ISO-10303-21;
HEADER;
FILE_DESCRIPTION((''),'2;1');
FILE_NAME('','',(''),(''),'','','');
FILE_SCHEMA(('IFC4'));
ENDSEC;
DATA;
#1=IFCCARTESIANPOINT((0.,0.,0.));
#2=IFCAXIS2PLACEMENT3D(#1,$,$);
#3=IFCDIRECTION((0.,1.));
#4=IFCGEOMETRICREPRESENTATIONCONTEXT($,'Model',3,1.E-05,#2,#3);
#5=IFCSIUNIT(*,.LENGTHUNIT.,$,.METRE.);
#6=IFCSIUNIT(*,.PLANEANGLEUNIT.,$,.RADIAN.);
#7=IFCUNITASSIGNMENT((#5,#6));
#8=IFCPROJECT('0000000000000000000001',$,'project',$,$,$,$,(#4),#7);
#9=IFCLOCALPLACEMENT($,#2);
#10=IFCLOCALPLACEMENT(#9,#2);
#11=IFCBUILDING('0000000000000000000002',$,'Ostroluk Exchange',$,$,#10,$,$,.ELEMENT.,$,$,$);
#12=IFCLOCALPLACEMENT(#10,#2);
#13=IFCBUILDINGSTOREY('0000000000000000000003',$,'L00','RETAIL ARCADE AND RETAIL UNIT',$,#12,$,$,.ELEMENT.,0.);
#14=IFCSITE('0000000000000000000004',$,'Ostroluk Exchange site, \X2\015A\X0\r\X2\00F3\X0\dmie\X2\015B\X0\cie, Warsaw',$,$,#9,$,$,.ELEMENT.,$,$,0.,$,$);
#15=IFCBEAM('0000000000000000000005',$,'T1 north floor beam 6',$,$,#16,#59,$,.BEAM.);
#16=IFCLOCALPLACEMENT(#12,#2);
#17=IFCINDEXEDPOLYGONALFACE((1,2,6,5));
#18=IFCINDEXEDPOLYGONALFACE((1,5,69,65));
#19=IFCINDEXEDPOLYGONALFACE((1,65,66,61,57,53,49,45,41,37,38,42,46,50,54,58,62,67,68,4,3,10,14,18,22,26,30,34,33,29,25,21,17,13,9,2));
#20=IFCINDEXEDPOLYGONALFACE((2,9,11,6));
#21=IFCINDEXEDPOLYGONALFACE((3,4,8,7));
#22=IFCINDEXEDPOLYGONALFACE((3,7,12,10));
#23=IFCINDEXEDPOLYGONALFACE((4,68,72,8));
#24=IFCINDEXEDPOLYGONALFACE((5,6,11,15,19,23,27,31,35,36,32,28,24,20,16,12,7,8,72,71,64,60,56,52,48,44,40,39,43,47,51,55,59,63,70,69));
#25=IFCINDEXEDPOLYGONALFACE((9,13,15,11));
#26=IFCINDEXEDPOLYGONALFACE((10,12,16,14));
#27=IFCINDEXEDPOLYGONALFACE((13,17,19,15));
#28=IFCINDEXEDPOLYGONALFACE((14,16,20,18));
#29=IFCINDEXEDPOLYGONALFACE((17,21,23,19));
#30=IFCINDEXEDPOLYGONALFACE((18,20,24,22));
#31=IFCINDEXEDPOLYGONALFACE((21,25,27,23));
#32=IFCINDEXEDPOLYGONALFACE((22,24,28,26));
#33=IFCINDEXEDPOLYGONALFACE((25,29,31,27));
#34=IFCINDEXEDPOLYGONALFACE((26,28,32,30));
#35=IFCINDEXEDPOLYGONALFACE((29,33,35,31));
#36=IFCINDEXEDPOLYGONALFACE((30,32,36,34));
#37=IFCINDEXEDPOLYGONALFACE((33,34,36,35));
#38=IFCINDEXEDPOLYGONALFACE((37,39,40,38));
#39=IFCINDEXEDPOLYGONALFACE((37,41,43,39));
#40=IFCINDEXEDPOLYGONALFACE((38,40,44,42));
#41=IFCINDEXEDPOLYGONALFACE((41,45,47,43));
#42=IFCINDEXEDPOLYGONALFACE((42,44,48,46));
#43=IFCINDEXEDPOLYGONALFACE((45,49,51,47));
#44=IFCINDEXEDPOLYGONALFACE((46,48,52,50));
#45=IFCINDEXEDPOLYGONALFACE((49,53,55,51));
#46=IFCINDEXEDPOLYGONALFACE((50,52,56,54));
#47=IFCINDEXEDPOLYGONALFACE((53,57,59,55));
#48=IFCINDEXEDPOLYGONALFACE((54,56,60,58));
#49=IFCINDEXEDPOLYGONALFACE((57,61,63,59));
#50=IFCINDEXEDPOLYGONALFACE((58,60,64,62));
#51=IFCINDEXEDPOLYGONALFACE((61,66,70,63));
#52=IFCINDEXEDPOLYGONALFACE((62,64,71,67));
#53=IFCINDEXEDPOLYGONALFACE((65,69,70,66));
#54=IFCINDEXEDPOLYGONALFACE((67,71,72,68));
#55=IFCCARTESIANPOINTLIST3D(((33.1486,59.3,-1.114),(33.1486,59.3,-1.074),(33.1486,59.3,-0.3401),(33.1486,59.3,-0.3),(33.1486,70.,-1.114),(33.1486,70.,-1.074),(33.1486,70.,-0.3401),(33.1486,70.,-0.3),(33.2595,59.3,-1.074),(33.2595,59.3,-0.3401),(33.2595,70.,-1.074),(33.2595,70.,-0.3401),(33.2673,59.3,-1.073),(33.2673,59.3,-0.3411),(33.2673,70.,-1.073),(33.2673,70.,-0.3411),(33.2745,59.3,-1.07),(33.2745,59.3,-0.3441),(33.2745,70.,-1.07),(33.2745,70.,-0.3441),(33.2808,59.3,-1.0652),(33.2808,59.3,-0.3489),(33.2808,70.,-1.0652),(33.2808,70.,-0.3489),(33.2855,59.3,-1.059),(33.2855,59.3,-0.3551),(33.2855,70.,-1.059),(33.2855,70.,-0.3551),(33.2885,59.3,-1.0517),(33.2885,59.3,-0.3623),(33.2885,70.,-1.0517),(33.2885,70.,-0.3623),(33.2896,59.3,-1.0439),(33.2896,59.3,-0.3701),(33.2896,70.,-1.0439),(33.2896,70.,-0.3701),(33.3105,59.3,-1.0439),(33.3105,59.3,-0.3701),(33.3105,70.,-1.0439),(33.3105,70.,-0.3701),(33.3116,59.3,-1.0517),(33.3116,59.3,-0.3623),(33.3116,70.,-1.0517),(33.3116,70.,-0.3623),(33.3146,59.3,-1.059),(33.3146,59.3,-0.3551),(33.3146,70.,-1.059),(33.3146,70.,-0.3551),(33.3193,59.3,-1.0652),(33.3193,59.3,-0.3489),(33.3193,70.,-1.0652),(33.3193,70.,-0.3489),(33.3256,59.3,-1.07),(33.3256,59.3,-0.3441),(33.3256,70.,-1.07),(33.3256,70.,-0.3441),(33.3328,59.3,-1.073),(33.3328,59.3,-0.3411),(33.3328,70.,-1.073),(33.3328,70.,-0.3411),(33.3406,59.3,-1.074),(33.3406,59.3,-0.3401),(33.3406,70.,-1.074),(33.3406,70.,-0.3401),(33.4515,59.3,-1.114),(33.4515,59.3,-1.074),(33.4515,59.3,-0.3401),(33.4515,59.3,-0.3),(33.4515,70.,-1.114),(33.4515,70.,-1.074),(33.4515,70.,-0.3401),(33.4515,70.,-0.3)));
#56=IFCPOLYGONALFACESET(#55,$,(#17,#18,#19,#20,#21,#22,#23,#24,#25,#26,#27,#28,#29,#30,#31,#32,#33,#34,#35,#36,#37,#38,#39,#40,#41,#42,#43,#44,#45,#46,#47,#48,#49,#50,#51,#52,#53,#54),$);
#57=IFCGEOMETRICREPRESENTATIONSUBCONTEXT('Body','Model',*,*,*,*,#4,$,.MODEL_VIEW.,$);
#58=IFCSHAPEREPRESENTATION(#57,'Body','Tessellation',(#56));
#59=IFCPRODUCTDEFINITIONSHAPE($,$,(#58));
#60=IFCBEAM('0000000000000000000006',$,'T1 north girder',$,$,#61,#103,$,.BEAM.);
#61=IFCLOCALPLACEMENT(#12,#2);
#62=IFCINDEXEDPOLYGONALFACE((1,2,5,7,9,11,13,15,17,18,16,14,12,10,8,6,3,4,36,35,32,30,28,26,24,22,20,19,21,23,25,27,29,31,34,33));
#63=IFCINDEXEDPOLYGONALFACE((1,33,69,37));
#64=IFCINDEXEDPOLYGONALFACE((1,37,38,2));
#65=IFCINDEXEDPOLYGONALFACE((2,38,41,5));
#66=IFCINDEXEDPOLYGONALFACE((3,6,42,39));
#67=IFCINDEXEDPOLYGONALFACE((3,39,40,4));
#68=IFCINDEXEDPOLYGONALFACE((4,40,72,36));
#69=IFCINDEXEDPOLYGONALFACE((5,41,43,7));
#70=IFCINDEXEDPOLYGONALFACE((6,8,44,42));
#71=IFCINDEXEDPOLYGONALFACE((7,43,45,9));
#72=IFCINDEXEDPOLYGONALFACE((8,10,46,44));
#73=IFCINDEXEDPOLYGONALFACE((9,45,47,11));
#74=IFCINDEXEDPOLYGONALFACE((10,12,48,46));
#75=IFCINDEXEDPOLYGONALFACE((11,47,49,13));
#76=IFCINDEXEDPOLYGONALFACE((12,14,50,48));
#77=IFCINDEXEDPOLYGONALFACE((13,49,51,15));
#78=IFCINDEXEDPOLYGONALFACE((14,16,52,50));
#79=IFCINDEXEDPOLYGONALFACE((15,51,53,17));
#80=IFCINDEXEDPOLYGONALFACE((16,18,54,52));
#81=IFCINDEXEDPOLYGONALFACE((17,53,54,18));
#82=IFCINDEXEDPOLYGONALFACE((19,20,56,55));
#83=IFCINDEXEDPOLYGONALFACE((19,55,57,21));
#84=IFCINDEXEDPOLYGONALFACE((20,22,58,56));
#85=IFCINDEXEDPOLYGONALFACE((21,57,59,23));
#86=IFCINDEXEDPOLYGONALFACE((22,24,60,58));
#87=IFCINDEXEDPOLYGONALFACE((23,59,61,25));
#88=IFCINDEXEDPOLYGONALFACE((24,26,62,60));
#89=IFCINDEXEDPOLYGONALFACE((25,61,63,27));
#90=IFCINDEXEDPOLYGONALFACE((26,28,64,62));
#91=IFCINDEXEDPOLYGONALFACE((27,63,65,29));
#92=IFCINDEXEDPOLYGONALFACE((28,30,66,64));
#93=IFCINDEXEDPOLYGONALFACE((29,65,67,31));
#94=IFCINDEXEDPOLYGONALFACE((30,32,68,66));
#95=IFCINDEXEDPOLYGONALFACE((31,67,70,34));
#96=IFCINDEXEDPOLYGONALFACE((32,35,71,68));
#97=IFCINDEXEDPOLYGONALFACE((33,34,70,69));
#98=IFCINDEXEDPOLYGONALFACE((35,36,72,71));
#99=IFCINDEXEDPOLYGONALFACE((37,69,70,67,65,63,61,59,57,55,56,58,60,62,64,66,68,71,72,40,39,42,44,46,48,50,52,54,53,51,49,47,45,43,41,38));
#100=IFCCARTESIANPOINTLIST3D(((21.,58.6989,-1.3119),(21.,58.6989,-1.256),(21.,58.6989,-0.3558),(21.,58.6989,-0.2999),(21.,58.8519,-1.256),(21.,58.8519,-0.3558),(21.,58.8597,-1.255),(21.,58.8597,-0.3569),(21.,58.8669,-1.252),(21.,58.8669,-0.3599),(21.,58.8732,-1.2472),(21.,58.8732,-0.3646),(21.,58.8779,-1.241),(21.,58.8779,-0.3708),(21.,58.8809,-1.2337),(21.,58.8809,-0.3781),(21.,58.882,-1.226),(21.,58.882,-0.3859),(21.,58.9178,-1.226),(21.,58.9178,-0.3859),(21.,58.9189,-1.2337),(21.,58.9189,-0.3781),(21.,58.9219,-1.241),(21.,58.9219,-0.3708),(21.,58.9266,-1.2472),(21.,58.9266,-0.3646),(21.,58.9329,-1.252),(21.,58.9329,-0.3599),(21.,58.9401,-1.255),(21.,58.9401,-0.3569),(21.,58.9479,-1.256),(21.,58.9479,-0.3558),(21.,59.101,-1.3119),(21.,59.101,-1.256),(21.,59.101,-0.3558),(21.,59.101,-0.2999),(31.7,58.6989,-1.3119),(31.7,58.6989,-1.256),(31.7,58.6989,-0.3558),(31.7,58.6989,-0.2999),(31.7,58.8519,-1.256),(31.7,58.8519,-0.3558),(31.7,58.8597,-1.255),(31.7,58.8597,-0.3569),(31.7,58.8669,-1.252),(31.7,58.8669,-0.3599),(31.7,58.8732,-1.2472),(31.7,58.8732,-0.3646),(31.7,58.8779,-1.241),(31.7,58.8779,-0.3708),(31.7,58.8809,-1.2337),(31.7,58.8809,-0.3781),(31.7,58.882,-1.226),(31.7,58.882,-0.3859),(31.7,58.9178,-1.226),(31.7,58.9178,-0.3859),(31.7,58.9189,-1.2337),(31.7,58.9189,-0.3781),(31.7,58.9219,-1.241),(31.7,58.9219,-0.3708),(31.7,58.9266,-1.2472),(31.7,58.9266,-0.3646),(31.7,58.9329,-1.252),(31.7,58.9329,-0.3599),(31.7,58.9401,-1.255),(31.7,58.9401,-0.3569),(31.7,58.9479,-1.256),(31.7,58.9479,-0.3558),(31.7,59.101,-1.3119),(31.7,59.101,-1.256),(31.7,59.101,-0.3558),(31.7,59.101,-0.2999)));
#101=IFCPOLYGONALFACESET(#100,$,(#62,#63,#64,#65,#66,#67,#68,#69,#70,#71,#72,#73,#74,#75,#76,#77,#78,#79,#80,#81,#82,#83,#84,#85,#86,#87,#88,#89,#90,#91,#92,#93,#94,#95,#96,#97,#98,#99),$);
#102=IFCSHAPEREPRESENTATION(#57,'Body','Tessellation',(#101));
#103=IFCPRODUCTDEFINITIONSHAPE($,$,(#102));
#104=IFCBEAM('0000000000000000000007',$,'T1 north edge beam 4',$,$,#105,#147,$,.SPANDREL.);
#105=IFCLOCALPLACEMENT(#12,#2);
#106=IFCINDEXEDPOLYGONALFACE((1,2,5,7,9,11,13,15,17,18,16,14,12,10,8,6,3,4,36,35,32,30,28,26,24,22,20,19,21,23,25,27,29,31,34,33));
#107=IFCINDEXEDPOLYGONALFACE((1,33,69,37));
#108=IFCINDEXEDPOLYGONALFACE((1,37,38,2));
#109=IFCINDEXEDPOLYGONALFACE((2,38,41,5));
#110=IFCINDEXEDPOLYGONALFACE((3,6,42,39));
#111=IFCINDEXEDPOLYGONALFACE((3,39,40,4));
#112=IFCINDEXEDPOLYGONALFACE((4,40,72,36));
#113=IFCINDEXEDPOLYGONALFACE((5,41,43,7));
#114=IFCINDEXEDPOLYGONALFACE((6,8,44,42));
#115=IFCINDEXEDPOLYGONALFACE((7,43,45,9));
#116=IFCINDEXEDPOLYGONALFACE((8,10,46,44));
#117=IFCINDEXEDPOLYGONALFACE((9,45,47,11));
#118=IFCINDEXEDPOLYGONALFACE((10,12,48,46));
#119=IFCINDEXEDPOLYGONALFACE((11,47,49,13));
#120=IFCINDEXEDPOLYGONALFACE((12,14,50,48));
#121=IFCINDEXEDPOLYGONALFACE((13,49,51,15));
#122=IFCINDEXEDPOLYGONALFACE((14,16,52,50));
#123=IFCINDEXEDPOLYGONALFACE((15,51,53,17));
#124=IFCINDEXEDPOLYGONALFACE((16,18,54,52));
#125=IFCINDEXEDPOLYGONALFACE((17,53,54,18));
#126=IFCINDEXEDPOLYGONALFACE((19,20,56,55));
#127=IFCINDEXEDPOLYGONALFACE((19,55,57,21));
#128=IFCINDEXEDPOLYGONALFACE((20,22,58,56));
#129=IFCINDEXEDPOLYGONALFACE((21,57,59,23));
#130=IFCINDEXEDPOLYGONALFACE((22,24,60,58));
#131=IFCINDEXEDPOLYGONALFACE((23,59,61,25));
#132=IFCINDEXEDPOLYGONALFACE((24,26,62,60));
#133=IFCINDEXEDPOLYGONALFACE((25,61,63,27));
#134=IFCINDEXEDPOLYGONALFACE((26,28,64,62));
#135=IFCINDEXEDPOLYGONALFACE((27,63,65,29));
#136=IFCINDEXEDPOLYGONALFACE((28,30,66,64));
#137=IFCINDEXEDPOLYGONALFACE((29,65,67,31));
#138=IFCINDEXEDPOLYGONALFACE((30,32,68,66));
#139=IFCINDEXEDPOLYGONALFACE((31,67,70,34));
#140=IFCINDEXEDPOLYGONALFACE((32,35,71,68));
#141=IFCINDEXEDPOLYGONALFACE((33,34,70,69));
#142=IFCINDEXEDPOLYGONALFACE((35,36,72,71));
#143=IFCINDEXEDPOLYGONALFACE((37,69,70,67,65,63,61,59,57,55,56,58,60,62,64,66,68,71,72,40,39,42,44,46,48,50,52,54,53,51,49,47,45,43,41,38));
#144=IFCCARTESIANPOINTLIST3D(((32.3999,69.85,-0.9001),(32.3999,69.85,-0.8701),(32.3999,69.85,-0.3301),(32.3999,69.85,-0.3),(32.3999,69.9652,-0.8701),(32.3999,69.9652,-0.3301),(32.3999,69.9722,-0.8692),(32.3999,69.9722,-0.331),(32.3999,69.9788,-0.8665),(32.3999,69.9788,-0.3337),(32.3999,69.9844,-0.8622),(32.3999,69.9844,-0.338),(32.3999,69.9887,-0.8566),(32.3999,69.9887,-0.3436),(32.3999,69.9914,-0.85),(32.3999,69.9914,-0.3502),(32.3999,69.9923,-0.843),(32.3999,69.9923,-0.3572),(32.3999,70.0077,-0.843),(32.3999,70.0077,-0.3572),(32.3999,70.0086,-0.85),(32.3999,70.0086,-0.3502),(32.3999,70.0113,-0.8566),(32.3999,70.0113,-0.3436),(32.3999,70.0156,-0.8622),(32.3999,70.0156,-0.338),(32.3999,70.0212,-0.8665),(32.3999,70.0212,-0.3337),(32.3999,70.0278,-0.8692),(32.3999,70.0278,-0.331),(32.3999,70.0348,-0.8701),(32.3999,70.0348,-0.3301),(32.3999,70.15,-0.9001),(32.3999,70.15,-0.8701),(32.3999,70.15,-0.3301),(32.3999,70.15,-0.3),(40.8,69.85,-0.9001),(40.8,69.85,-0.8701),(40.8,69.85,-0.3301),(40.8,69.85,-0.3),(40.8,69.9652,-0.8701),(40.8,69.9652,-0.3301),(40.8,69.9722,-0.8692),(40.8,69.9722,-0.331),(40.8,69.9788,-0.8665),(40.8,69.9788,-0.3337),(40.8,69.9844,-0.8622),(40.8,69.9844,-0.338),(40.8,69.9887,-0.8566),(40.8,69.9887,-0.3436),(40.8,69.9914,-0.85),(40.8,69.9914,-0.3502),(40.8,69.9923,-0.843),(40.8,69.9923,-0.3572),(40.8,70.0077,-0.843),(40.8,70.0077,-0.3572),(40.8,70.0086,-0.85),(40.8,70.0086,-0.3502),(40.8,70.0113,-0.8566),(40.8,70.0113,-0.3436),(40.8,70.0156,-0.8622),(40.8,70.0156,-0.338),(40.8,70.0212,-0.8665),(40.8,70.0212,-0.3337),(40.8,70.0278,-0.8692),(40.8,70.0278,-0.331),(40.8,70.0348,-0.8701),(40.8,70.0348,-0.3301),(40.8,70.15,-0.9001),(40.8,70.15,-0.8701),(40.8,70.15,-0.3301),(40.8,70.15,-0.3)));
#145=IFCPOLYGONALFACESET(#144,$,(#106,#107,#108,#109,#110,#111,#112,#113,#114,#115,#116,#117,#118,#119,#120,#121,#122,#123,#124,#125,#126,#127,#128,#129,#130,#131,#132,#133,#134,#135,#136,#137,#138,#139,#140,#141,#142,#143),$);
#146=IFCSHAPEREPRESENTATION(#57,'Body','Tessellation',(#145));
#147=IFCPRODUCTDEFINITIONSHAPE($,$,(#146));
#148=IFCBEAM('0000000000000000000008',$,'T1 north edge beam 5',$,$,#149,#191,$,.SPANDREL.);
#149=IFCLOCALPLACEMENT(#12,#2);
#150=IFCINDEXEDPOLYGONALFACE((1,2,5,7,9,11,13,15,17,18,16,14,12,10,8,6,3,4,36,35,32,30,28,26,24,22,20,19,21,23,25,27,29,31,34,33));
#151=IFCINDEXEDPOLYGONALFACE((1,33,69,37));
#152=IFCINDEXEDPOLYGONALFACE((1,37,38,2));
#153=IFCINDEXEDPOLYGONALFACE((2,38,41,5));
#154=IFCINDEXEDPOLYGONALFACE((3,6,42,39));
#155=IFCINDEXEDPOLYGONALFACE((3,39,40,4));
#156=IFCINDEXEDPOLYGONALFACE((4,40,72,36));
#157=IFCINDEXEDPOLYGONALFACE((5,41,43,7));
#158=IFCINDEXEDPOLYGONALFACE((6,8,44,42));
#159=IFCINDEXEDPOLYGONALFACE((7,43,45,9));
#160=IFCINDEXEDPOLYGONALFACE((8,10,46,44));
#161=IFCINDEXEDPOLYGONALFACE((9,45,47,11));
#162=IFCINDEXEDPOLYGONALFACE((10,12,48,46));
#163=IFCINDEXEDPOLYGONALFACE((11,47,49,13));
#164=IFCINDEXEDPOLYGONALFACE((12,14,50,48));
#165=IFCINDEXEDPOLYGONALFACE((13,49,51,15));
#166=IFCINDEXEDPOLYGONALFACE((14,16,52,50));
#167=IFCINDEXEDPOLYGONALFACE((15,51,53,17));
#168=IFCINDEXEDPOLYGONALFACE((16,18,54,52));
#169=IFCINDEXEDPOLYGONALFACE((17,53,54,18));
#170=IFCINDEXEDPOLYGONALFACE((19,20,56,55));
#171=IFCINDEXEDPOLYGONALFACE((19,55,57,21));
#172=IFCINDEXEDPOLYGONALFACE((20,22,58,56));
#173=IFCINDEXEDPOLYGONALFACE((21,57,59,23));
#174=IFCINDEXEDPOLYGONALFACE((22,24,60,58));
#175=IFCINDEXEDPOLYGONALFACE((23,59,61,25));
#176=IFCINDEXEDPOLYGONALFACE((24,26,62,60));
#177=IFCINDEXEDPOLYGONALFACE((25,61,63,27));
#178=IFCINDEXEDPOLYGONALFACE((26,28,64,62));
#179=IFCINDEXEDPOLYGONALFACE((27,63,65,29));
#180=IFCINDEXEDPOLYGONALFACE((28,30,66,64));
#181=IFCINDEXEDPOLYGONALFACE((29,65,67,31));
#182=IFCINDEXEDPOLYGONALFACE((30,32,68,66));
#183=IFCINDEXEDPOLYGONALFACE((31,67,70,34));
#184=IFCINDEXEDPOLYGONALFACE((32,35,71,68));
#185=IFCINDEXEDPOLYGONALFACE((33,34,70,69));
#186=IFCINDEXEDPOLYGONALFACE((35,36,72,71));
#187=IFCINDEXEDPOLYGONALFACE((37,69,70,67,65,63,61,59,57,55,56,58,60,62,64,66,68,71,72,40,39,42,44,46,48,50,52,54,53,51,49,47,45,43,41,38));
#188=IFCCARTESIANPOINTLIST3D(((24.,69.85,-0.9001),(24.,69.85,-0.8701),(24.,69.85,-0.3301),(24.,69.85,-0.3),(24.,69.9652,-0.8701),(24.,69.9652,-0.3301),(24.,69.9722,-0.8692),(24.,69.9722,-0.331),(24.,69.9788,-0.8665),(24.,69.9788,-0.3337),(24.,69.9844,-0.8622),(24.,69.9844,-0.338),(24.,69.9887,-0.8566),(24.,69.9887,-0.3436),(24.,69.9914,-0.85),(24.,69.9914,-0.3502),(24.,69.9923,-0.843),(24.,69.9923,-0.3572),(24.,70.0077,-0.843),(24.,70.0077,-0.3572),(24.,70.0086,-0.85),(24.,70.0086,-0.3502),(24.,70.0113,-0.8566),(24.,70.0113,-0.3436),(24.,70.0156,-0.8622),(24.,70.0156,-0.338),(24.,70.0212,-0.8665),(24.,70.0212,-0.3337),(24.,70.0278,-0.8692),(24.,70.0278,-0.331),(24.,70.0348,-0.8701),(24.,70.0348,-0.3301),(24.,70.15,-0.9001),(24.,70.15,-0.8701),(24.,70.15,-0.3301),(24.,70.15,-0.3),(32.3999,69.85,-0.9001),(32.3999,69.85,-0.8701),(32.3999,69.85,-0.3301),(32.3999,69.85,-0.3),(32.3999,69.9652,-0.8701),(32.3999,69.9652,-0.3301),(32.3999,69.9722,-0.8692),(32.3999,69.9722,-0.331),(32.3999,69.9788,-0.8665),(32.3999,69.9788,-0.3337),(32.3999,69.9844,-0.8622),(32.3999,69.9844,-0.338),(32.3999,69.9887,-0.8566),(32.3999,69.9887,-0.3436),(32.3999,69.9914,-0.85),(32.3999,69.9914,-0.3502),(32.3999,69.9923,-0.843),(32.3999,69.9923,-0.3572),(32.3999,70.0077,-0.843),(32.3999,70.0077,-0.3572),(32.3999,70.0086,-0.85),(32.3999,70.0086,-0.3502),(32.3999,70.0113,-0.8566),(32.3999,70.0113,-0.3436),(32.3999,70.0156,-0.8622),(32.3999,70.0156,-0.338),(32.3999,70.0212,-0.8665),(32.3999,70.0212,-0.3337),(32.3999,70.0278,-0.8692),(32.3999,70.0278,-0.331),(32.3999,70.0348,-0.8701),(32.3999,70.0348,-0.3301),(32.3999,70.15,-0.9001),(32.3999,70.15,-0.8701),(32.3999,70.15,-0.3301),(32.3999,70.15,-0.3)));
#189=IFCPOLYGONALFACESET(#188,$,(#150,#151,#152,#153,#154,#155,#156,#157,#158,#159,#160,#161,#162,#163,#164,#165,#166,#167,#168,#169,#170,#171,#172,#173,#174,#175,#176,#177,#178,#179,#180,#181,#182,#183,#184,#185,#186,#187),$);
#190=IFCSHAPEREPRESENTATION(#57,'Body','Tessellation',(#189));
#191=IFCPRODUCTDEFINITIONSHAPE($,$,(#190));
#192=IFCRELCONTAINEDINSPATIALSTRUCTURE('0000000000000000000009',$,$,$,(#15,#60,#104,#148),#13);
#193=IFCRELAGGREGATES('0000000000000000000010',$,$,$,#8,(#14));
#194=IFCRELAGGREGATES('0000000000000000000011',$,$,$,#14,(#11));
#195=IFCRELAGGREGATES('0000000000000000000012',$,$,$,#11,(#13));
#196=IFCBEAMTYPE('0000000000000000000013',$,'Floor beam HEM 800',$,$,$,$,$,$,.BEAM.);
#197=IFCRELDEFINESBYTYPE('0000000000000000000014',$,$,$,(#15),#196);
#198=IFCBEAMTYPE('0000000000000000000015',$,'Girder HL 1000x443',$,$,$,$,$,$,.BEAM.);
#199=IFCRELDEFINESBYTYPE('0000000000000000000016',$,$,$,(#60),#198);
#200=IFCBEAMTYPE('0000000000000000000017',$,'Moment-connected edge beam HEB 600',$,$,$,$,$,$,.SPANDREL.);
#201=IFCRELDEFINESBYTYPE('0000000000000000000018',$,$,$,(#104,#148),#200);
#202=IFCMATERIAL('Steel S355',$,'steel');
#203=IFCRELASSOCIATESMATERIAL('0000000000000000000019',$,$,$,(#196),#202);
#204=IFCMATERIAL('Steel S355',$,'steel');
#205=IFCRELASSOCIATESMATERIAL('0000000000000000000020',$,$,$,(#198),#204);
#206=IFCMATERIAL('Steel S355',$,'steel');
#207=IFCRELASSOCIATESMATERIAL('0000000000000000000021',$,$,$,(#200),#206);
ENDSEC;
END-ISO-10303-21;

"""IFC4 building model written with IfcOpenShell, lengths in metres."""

from ifc_helpers import new_model, si_unit, direction, frame, origin, origin_2d, place, context, subcontext, project, spatial, i_section, extrude, material, material_profile, profile_set, type_object, element, save


model = new_model("IFC4")

# Units and contexts
model_context = context("Model", 3, precision=1e-05, world=origin(), true_north=direction((0.0, 1.0)))
body_context = subcontext(model_context, "Body", "Model", "MODEL_VIEW")
ifc_project = project(units=[si_unit("LENGTHUNIT", "METRE"), si_unit("PLANEANGLEUNIT", "RADIAN")], contexts=[model_context])

# Site, building, storey
site_placement = place(None, origin())
site = spatial("IfcSite", under=ifc_project, at=site_placement, Name="Ostroluk Exchange site, Śródmieście, Warsaw", CompositionType="ELEMENT", RefElevation=0.0)
building_placement = place(site_placement, origin())
building = spatial("IfcBuilding", under=site, at=building_placement, Name="Ostroluk Exchange", CompositionType="ELEMENT")
storey_placement = place(building_placement, origin())
storey = spatial("IfcBuildingStorey", under=building, at=storey_placement, Name="L00", Description="RETAIL ARCADE AND RETAIL UNIT", CompositionType="ELEMENT", Elevation=0.0)

# Beams
ifc_material_1 = material(Name="Steel S355", Category="steel")
ifc_material_profile_1 = material_profile(ifc_material_1, i_section(OverallWidth=0.303, OverallDepth=0.814, WebThickness=0.021, FlangeThickness=0.04, FilletRadius=0.03, at=origin_2d()), Name="HEM 800")
ifc_profile_set_1 = profile_set([ifc_material_profile_1], Name="Steel S355")
beam_type_1 = type_object("IfcBeamType", Name="Floor beam HEM 800", PredefinedType="BEAM", material=ifc_profile_set_1)
beam_1_placement = place(storey_placement, frame((33.3, 59.3, -0.707), z_axis=(0.0, 1.0, 0.0), x_axis=(-1.0, 0.0, 0.0)))
element("IfcBeam", 1, at=beam_1_placement, inside=storey, type_object=beam_type_1, Name="T1 north floor beam 6", PredefinedType="BEAM", context=body_context, shape_type="SweptSolid", body=[
    extrude(i_section(OverallWidth=0.303, OverallDepth=0.814, WebThickness=0.021, FlangeThickness=0.04, FilletRadius=0.03, at=origin_2d()), origin(), (0.0, 0.0, 1.0), 10.7),
])
ifc_material_2 = material(Name="Steel S355", Category="steel")
ifc_material_profile_2 = material_profile(ifc_material_2, i_section(OverallWidth=0.4021, OverallDepth=1.012, WebThickness=0.0359, FlangeThickness=0.0559, FilletRadius=0.03, at=origin_2d()), Name="HL 1000x443")
ifc_profile_set_2 = profile_set([ifc_material_profile_2], Name="Steel S355")
beam_type_2 = type_object("IfcBeamType", Name="Girder HL 1000x443", PredefinedType="BEAM", material=ifc_profile_set_2)
beam_2_placement = place(storey_placement, frame((31.7, 58.8999, -0.8059), z_axis=(-1.0, 0.0, 0.0), x_axis=(0.0, -1.0, 0.0)))
element("IfcBeam", 2, at=beam_2_placement, inside=storey, type_object=beam_type_2, Name="T1 north girder", PredefinedType="BEAM", context=body_context, shape_type="SweptSolid", body=[
    extrude(i_section(OverallWidth=0.4021, OverallDepth=1.012, WebThickness=0.0359, FlangeThickness=0.0559, FilletRadius=0.03, at=origin_2d()), origin(), (0.0, 0.0, 1.0), 10.7),
])
ifc_material_3 = material(Name="Steel S355", Category="steel")
ifc_material_profile_3 = material_profile(ifc_material_3, i_section(OverallWidth=0.3, OverallDepth=0.6001, WebThickness=0.0154, FlangeThickness=0.03, FilletRadius=0.0271, at=origin_2d()), Name="HEB 600")
ifc_profile_set_3 = profile_set([ifc_material_profile_3], Name="Steel S355")
beam_type_3 = type_object("IfcBeamType", Name="Moment-connected edge beam HEB 600", PredefinedType="SPANDREL", material=ifc_profile_set_3)
beam_3_placement = place(storey_placement, frame((40.8, 70.0, -0.6001), z_axis=(-1.0, 0.0, 0.0), x_axis=(0.0, -1.0, 0.0)))
element("IfcBeam", 3, at=beam_3_placement, inside=storey, type_object=beam_type_3, Name="T1 north edge beam 4", PredefinedType="SPANDREL", context=body_context, shape_type="SweptSolid", body=[
    extrude(i_section(OverallWidth=0.3, OverallDepth=0.6001, WebThickness=0.0154, FlangeThickness=0.03, FilletRadius=0.0271, at=origin_2d()), origin(), (0.0, 0.0, 1.0), 8.4001),
])
beam_4_placement = place(storey_placement, frame((32.3999, 70.0, -0.6001), z_axis=(-1.0, 0.0, 0.0), x_axis=(0.0, -1.0, 0.0)))
element("IfcBeam", 4, at=beam_4_placement, inside=storey, type_object=beam_type_3, Name="T1 north edge beam 5", PredefinedType="SPANDREL", context=body_context, shape_type="SweptSolid", body=[
    extrude(i_section(OverallWidth=0.3, OverallDepth=0.6001, WebThickness=0.0154, FlangeThickness=0.03, FilletRadius=0.0271, at=origin_2d()), origin(), (0.0, 0.0, 1.0), 8.3999),
])

save(model, "model.ifc")
